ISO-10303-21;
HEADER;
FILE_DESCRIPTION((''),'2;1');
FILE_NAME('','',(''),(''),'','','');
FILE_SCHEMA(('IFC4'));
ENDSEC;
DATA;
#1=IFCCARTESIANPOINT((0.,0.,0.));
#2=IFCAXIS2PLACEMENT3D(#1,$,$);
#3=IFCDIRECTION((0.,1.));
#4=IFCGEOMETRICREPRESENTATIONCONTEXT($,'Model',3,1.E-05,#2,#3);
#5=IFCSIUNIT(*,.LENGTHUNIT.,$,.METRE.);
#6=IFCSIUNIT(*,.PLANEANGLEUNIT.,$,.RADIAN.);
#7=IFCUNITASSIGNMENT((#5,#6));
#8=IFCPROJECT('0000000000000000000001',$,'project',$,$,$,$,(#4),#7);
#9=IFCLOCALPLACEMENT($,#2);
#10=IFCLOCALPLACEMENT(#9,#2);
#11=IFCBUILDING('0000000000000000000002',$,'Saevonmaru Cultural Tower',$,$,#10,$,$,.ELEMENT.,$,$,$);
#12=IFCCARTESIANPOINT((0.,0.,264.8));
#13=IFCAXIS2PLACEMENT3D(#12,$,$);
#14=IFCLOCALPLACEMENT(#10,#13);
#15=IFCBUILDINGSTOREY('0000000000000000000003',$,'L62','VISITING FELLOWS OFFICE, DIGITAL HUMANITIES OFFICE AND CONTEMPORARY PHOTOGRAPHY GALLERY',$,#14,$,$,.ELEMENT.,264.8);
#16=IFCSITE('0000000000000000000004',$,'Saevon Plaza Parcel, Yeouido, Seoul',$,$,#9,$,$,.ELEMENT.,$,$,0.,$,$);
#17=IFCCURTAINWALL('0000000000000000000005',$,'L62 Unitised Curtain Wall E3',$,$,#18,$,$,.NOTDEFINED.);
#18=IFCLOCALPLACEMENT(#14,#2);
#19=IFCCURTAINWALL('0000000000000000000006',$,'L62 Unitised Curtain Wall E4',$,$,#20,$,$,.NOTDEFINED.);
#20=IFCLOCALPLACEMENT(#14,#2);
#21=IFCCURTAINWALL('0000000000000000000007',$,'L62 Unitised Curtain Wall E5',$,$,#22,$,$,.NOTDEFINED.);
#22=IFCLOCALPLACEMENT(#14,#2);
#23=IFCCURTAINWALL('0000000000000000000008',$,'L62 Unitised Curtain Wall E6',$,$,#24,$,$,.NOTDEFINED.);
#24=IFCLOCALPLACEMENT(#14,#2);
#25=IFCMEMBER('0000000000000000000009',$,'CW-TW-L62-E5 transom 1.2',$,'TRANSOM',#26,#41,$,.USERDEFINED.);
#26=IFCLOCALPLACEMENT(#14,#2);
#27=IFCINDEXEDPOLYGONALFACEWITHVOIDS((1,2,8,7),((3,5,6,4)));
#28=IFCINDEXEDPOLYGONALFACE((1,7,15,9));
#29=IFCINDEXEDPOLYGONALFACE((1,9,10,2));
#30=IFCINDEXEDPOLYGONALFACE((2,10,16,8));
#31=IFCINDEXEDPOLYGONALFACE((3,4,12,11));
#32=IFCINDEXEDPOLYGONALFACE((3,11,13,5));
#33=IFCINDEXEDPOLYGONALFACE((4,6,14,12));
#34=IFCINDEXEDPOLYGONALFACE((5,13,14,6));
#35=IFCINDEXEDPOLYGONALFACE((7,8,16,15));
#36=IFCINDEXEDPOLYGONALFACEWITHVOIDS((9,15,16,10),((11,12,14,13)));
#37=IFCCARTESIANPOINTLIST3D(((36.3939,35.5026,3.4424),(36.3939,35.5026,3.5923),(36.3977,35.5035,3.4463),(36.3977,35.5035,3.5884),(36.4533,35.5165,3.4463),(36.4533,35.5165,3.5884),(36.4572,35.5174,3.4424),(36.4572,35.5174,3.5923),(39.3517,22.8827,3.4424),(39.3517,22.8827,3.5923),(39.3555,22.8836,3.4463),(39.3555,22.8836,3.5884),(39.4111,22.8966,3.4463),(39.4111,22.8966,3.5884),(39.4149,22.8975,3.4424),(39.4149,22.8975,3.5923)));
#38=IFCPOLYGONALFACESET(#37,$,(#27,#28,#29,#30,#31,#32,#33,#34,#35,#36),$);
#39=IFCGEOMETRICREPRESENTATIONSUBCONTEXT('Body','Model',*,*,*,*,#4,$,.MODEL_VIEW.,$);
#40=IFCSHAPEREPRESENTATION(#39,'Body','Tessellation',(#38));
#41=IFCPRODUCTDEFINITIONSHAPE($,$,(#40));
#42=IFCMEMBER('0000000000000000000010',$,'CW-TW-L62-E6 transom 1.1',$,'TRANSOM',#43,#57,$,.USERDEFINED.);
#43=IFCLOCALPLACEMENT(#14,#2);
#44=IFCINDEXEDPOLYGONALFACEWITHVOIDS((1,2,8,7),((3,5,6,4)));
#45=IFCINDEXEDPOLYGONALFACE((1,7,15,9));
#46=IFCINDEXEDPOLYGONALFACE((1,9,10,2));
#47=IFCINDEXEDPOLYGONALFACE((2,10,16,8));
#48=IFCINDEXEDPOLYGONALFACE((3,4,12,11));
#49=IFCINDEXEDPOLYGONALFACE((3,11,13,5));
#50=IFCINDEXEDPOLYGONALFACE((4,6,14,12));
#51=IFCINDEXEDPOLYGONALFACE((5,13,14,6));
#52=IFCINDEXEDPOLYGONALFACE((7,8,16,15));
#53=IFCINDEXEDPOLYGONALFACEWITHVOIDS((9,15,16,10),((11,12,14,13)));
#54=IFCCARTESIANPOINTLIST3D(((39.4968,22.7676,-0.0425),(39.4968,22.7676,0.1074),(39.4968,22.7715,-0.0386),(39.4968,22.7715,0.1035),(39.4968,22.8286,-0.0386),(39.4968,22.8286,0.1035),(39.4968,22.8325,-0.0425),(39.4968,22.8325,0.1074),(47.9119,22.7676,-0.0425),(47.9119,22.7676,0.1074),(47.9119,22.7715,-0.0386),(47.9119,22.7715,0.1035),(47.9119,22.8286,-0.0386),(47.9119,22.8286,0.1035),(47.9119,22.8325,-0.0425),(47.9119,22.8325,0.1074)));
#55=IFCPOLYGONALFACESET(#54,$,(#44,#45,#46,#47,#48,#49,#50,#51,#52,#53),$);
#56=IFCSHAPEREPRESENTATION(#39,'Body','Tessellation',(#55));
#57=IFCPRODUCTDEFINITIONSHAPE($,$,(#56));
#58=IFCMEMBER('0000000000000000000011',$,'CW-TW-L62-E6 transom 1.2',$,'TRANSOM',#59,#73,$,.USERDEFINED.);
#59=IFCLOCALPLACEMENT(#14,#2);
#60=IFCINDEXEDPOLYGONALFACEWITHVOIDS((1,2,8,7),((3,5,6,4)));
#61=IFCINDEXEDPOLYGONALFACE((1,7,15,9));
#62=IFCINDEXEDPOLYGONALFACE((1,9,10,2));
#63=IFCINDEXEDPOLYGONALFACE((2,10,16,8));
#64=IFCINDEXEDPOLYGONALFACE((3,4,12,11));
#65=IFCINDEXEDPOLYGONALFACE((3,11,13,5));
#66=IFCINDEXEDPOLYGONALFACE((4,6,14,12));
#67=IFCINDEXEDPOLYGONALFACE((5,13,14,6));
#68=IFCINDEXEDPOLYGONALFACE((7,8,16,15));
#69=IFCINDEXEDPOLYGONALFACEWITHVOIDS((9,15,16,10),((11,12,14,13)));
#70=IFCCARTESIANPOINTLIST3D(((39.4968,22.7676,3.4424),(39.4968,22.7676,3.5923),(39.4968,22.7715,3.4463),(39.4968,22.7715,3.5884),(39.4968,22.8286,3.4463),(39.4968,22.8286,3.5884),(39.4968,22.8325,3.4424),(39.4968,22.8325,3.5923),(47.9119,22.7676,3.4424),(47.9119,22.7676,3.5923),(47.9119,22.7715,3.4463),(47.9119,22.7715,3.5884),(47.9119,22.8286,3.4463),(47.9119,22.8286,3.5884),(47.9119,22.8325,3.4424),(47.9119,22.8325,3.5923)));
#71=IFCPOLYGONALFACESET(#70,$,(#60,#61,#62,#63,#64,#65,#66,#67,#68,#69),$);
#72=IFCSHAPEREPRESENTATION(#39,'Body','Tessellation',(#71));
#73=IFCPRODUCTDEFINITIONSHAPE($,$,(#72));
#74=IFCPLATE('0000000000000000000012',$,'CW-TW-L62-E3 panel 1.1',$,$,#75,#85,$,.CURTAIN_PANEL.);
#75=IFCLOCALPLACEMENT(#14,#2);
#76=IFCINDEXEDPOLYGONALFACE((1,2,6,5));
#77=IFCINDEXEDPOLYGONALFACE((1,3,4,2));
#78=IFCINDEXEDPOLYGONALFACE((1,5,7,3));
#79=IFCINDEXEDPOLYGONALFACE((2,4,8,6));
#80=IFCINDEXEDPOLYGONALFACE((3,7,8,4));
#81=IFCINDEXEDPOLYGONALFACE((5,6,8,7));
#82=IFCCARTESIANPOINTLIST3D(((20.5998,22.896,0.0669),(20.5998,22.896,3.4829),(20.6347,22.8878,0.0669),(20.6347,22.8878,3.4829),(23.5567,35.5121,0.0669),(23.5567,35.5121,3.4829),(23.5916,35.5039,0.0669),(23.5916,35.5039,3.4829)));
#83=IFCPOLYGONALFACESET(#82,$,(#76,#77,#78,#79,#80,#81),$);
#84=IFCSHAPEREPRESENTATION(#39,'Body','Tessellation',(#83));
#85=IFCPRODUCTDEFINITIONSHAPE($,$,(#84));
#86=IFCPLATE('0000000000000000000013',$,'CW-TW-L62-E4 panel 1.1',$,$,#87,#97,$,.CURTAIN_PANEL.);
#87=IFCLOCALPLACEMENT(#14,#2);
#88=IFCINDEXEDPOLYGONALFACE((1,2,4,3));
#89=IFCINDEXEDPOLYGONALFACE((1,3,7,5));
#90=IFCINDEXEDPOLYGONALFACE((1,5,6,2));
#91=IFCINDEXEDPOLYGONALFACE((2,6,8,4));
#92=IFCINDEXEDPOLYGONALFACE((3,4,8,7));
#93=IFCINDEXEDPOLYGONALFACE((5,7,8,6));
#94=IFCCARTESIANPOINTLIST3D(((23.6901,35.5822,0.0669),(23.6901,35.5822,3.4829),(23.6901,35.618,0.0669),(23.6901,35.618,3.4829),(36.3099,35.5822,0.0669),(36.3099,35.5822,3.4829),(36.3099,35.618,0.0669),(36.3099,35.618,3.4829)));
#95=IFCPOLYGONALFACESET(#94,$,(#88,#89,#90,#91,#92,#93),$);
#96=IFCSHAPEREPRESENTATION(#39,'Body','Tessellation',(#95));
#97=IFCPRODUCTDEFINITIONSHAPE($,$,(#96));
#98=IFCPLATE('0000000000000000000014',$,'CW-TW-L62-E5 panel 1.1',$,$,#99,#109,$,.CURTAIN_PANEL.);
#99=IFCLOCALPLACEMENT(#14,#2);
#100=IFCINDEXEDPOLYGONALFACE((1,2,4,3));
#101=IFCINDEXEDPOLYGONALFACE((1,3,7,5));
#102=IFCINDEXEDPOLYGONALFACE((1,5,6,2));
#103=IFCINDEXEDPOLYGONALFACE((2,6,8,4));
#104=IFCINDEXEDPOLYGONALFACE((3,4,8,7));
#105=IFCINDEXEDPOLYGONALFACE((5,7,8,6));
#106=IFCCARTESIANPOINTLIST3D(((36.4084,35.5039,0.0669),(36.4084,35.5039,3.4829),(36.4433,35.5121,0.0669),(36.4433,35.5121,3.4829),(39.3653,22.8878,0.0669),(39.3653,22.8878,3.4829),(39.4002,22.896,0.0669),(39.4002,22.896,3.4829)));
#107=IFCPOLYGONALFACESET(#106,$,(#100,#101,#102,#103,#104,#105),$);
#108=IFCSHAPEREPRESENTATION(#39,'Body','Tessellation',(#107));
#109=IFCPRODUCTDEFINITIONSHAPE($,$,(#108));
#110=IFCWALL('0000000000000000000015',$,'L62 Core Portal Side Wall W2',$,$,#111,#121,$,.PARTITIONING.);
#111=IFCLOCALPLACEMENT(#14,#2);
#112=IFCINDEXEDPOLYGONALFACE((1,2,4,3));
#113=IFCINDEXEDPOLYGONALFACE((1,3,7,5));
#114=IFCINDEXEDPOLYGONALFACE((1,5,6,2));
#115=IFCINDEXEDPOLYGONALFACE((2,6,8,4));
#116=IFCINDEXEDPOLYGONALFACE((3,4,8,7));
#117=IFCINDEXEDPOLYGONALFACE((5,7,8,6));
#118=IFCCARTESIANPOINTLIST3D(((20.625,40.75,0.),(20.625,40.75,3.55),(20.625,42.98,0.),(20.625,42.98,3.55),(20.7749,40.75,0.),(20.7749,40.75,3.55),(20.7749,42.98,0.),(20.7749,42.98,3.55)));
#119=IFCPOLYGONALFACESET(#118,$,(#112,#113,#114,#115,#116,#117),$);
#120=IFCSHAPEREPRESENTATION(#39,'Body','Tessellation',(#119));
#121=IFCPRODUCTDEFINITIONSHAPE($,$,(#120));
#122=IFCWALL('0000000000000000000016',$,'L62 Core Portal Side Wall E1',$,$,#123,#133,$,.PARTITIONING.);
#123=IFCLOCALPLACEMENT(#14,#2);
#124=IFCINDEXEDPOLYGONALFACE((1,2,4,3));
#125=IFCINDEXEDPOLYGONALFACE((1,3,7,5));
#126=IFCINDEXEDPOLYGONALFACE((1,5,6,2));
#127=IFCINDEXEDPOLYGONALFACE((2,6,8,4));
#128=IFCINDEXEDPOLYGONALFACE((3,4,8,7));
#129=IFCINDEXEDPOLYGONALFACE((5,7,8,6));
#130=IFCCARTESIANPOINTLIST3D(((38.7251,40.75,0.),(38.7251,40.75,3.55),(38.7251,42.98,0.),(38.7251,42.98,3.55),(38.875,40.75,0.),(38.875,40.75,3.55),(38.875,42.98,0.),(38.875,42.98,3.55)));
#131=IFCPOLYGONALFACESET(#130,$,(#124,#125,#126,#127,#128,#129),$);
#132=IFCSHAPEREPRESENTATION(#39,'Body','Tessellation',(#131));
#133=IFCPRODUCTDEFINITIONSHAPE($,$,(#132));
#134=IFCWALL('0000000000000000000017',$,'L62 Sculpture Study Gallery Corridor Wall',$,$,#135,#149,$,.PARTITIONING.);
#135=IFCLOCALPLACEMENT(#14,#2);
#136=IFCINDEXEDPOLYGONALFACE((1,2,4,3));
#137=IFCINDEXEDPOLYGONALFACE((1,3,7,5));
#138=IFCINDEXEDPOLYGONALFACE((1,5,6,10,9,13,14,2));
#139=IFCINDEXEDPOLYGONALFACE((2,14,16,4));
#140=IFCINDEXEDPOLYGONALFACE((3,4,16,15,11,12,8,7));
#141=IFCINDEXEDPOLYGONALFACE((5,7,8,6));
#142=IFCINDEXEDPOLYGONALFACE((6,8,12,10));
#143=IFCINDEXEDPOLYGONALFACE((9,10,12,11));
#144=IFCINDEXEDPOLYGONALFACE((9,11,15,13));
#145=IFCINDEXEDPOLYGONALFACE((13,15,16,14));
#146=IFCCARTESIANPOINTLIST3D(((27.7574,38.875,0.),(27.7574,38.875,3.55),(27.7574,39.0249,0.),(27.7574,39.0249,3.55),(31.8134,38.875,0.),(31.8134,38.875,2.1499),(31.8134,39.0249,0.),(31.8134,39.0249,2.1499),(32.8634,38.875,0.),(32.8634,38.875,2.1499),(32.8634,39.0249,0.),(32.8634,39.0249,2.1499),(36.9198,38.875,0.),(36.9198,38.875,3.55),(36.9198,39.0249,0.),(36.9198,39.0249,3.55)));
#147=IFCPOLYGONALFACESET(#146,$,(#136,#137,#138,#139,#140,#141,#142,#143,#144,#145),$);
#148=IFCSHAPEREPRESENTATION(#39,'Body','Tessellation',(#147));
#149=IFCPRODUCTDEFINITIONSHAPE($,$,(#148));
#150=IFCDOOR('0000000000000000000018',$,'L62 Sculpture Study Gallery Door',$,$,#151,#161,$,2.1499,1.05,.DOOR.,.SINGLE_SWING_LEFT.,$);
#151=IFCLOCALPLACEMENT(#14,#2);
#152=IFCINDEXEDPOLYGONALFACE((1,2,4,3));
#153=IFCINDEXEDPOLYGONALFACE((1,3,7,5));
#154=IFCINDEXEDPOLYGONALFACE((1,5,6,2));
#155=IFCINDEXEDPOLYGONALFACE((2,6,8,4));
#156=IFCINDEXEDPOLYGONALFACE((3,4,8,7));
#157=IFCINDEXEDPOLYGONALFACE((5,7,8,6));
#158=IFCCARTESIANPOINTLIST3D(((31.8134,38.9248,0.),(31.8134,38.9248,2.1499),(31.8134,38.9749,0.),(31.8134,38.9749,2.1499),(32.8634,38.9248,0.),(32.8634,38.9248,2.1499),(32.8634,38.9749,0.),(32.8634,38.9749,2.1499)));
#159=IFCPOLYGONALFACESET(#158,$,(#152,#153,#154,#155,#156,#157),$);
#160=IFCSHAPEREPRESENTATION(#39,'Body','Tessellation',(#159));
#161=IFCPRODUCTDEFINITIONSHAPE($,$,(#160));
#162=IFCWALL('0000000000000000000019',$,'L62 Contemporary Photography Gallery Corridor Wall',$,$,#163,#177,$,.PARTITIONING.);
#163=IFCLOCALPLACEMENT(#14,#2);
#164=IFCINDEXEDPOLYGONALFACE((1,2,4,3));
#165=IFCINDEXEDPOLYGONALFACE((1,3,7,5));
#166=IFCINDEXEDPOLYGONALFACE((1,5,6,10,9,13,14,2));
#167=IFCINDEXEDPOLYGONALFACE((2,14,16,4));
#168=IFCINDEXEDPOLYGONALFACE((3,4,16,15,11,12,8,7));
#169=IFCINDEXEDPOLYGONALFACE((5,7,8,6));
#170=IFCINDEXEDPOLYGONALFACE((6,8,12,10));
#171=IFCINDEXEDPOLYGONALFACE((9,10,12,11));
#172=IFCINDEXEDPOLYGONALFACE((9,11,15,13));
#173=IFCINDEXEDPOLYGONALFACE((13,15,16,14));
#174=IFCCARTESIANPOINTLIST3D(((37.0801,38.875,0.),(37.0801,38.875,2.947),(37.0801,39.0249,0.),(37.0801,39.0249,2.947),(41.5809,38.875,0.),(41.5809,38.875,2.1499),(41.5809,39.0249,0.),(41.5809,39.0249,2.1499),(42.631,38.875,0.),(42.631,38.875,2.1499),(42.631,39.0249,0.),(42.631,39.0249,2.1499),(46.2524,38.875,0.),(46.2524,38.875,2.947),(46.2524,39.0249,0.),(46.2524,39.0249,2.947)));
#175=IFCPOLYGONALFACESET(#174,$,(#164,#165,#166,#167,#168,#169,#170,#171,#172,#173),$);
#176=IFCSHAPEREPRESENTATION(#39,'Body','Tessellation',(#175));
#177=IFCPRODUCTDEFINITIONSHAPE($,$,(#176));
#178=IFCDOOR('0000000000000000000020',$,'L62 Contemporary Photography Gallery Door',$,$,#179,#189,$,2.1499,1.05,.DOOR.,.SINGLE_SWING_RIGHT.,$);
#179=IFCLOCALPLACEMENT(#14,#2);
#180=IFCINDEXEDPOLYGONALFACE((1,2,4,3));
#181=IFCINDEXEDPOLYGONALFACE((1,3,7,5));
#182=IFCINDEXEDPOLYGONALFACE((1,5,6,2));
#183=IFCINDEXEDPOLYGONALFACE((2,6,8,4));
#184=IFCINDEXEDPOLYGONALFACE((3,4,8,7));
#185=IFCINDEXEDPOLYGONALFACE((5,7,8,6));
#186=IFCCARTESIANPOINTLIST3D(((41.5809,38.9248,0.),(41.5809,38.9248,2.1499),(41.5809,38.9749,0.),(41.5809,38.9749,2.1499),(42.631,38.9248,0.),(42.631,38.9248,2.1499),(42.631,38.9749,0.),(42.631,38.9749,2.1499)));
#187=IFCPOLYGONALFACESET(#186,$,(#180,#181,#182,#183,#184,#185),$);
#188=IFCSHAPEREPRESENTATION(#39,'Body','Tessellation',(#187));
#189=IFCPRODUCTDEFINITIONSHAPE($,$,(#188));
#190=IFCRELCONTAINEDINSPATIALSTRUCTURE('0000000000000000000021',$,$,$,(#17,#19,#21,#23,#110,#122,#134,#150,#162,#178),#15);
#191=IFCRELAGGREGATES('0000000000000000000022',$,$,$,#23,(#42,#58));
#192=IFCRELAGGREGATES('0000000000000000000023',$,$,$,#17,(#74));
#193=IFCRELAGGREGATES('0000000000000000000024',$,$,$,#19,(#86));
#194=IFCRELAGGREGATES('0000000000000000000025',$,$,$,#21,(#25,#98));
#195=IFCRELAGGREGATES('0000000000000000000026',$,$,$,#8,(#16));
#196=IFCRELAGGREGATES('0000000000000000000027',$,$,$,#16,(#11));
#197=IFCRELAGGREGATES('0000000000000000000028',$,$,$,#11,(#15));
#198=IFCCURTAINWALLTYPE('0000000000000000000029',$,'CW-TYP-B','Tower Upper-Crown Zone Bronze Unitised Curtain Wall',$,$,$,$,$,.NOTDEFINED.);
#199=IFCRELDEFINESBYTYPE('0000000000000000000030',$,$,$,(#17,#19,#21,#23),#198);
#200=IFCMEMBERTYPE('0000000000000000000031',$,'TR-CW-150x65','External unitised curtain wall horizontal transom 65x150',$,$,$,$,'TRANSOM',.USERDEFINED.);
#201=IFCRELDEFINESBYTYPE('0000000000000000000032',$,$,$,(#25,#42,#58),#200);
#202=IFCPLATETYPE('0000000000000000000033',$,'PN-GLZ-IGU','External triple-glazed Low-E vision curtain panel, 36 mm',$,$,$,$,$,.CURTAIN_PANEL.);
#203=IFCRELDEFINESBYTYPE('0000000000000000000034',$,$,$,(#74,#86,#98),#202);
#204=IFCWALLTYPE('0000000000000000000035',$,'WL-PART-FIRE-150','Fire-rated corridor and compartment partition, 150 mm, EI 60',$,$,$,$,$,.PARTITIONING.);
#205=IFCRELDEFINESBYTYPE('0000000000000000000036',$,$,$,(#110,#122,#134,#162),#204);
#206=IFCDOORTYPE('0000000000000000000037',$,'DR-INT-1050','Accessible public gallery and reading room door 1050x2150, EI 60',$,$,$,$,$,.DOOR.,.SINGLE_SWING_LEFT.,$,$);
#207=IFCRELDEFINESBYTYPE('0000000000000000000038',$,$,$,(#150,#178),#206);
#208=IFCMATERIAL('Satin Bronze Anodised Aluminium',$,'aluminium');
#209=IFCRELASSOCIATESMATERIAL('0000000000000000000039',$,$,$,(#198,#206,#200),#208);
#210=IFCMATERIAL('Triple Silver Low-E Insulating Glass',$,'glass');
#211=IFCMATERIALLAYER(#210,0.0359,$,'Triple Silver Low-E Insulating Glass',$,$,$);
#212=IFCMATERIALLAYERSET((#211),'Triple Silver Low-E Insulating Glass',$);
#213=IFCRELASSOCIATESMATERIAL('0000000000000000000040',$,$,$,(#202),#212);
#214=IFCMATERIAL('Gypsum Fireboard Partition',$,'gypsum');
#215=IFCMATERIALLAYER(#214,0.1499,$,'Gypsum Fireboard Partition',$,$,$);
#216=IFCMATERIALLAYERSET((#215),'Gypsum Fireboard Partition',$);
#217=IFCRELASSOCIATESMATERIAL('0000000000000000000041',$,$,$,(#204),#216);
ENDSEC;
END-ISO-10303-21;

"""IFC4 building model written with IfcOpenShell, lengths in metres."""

from ifc_helpers import new_model, si_unit, direction, frame, frame_2d, origin, origin_2d, place, context, subcontext, project, spatial, rectangle, hollow_rectangle, extrude, material, layer, layer_set, material_profile, profile_set, type_object, element, fill, aggregate, save


model = new_model("IFC4")

# Units and contexts
model_context = context("Model", 3, precision=1e-05, world=origin(), true_north=direction((0.0, 1.0)))
body_context = subcontext(model_context, "Body", "Model", "MODEL_VIEW")
ifc_project = project(units=[si_unit("LENGTHUNIT", "METRE"), si_unit("PLANEANGLEUNIT", "RADIAN")], contexts=[model_context])

# Site, building, storey
site_placement = place(None, origin())
site = spatial("IfcSite", under=ifc_project, at=site_placement, Name="Saevon Plaza Parcel, Yeouido, Seoul", CompositionType="ELEMENT", RefElevation=0.0)
building_placement = place(site_placement, origin())
building = spatial("IfcBuilding", under=site, at=building_placement, Name="Saevonmaru Cultural Tower", CompositionType="ELEMENT")
storey_placement = place(building_placement, frame((0.0, 0.0, 264.8)))
storey = spatial("IfcBuildingStorey", under=building, at=storey_placement, Name="L62", Description="VISITING FELLOWS OFFICE, DIGITAL HUMANITIES OFFICE AND CONTEMPORARY PHOTOGRAPHY GALLERY", CompositionType="ELEMENT", Elevation=264.8)

# Curtain wall
ifc_material_1 = material(Name="Satin Bronze Anodised Aluminium", Category="aluminium")
curtain_wall_type = type_object("IfcCurtainWallType", Name="CW-TYP-B", Description="Tower Upper-Crown Zone Bronze Unitised Curtain Wall", PredefinedType="NOTDEFINED", material=ifc_material_1)
curtain_wall_1_placement = place(storey_placement, origin())
curtain_wall_1 = element("IfcCurtainWall", 1, at=curtain_wall_1_placement, inside=storey, type_object=curtain_wall_type, Name="L62 Unitised Curtain Wall E3", PredefinedType="NOTDEFINED")

# Curtain walls
curtain_wall_2_placement = place(storey_placement, origin())
curtain_wall_2 = element("IfcCurtainWall", 2, at=curtain_wall_2_placement, inside=storey, type_object=curtain_wall_type, Name="L62 Unitised Curtain Wall E4", PredefinedType="NOTDEFINED")
curtain_wall_3_placement = place(storey_placement, origin())
curtain_wall_3 = element("IfcCurtainWall", 3, at=curtain_wall_3_placement, inside=storey, type_object=curtain_wall_type, Name="L62 Unitised Curtain Wall E5", PredefinedType="NOTDEFINED")

# Curtain wall
curtain_wall_4_placement = place(storey_placement, origin())
curtain_wall_4 = element("IfcCurtainWall", 4, at=curtain_wall_4_placement, inside=storey, type_object=curtain_wall_type, Name="L62 Unitised Curtain Wall E6", PredefinedType="NOTDEFINED")

# Members
ifc_material_profile_1 = material_profile(ifc_material_1, hollow_rectangle(XDim=0.0649, YDim=0.1499, WallThickness=0.0039, at=origin_2d()), Name="ALU-TRAN-150x65x4")
ifc_profile_set_1 = profile_set([ifc_material_profile_1], Name="Satin Bronze Anodised Aluminium")
member_type_1 = type_object("IfcMemberType", Name="TR-CW-150x65", Description="External unitised curtain wall horizontal transom 65x150", ElementType="TRANSOM", PredefinedType="USERDEFINED", material=ifc_profile_set_1)
member_1_placement = place(storey_placement, frame((36.4255, 35.51, 3.5173), z_axis=(0.22819, -0.973617, 0.0), x_axis=(0.973617, 0.22819, 0.0)))
member_1 = element("IfcMember", 5, at=member_1_placement, type_object=member_type_1, Name="CW-TW-L62-E5 transom 1.2", ObjectType="TRANSOM", PredefinedType="USERDEFINED", context=body_context, shape_type="SweptSolid", body=[
    extrude(hollow_rectangle(XDim=0.0649, YDim=0.1499, WallThickness=0.0039, at=origin_2d()), origin(), (0.0, 0.0, 1.0), 12.9619),
])
member_2_placement = place(storey_placement, frame((39.4968, 22.8, 0.0325), z_axis=(1.0, 0.0, 0.0), x_axis=(0.0, 1.0, 0.0)))
member_2 = element("IfcMember", 6, at=member_2_placement, type_object=member_type_1, Name="CW-TW-L62-E6 transom 1.1", ObjectType="TRANSOM", PredefinedType="USERDEFINED", context=body_context, shape_type="SweptSolid", body=[
    extrude(hollow_rectangle(XDim=0.0649, YDim=0.1499, WallThickness=0.0039, at=origin_2d()), origin(), (0.0, 0.0, 1.0), 8.415),
])
member_3_placement = place(storey_placement, frame((39.4968, 22.8, 3.5173), z_axis=(1.0, 0.0, 0.0), x_axis=(0.0, 1.0, 0.0)))
member_3 = element("IfcMember", 7, at=member_3_placement, type_object=member_type_1, Name="CW-TW-L62-E6 transom 1.2", ObjectType="TRANSOM", PredefinedType="USERDEFINED", context=body_context, shape_type="SweptSolid", body=[
    extrude(hollow_rectangle(XDim=0.0649, YDim=0.1499, WallThickness=0.0039, at=origin_2d()), origin(), (0.0, 0.0, 1.0), 8.415),
])
aggregate(curtain_wall_4, [member_2, member_3])

# Plates
ifc_material_2 = material(Name="Triple Silver Low-E Insulating Glass", Category="glass")
ifc_layer_1 = layer(ifc_material_2, 0.0359, Name="Triple Silver Low-E Insulating Glass")
ifc_layer_set_1 = layer_set([ifc_layer_1], Name="Triple Silver Low-E Insulating Glass")
plate_type = type_object("IfcPlateType", Name="PN-GLZ-IGU", Description="External triple-glazed Low-E vision curtain panel, 36 mm", PredefinedType="CURTAIN_PANEL", material=ifc_layer_set_1)
plate_1_placement = place(storey_placement, frame((22.0957, 29.2, 0.0669), z_axis=(0.0, 0.0, 1.0), x_axis=(0.22819, 0.973617, 0.0)))
plate_1 = element("IfcPlate", 8, at=plate_1_placement, type_object=plate_type, Name="CW-TW-L62-E3 panel 1.1", PredefinedType="CURTAIN_PANEL", context=body_context, shape_type="SweptSolid", body=[
    extrude(rectangle(XDim=12.958, YDim=0.0359, at=origin_2d()), origin(), (0.0, 0.0, 1.0), 3.416),
])
aggregate(curtain_wall_1, [plate_1])
plate_2_placement = place(storey_placement, frame((30.0, 35.6001, 0.0669), z_axis=(0.0, 0.0, 1.0), x_axis=(1.0, 0.0, 0.0)))
plate_2 = element("IfcPlate", 9, at=plate_2_placement, type_object=plate_type, Name="CW-TW-L62-E4 panel 1.1", PredefinedType="CURTAIN_PANEL", context=body_context, shape_type="SweptSolid", body=[
    extrude(rectangle(XDim=12.6199, YDim=0.0359, at=origin_2d()), origin(), (0.0, 0.0, 1.0), 3.416),
])
aggregate(curtain_wall_2, [plate_2])
plate_3_placement = place(storey_placement, frame((37.9043, 29.2, 0.0669), z_axis=(0.0, 0.0, 1.0), x_axis=(0.22819, -0.973617, 0.0)))
plate_3 = element("IfcPlate", 10, at=plate_3_placement, type_object=plate_type, Name="CW-TW-L62-E5 panel 1.1", PredefinedType="CURTAIN_PANEL", context=body_context, shape_type="SweptSolid", body=[
    extrude(rectangle(XDim=12.958, YDim=0.0359, at=origin_2d()), origin(), (0.0, 0.0, 1.0), 3.416),
])
aggregate(curtain_wall_3, [member_1, plate_3])

# Walls
ifc_material_3 = material(Name="Gypsum Fireboard Partition", Category="gypsum")
ifc_layer_2 = layer(ifc_material_3, 0.1499, Name="Gypsum Fireboard Partition")
ifc_layer_set_2 = layer_set([ifc_layer_2], Name="Gypsum Fireboard Partition")
wall_type_1 = type_object("IfcWallType", Name="WL-PART-FIRE-150", Description="Fire-rated corridor and compartment partition, 150 mm, EI 60", PredefinedType="PARTITIONING", material=ifc_layer_set_2)
for number, where, z_axis, x_axis, name in (
    (11, (20.7, 40.75, 0.0), (0.0, 0.0, 1.0), (0.0, 1.0, 0.0), "L62 Core Portal Side Wall W2"),
    (12, (38.8, 40.75, 0.0), (0.0, 0.0, 1.0), (0.0, 1.0, 0.0), "L62 Core Portal Side Wall E1"),
):
    element("IfcWall", number, at=place(storey_placement, frame(where, z_axis=z_axis, x_axis=x_axis)), inside=storey, type_object=wall_type_1, Name=name, PredefinedType="PARTITIONING", context=body_context, shape_type="SweptSolid", body=[
        extrude(rectangle(XDim=2.23, YDim=0.1499, at=frame_2d((1.115, 0.0))), origin(), (0.0, 0.0, 1.0), 3.55),
    ])

# Walls, openings, doors
wall_1_placement = place(storey_placement, frame((27.7576, 38.95, 0.0), z_axis=(0.0, 0.0, 1.0), x_axis=(1.0, 0.0, 0.0)))
wall_1 = element("IfcWall", 13, at=wall_1_placement, inside=storey, type_object=wall_type_1, Name="L62 Sculpture Study Gallery Corridor Wall", PredefinedType="PARTITIONING", context=body_context, shape_type="SweptSolid", body=[
    extrude(rectangle(XDim=9.1624, YDim=0.1499, at=frame_2d((4.5811, 0.0))), origin(), (0.0, 0.0, 1.0), 3.55),
])
opening_1_placement = place(wall_1_placement, frame((4.0559, 0.0, 0.0)))
opening_1 = element("IfcOpeningElement", 14, at=opening_1_placement, cuts=wall_1, PredefinedType="OPENING", context=body_context, shape_type="SweptSolid", body=[
    extrude(rectangle(XDim=1.05, YDim=2.1499, at=frame_2d((0.5249, 1.075))), frame((0.0, 0.085, 0.0), z_axis=(0.0, -1.0, 0.0), x_axis=(1.0, 0.0, 0.0)), (0.0, 0.0, 1.0), 0.1699),
])
door_type_1 = type_object("IfcDoorType", Name="DR-INT-1050", Description="Accessible public gallery and reading room door 1050x2150, EI 60", OperationType="SINGLE_SWING_LEFT", PredefinedType="DOOR", material=ifc_material_1)
door_1_placement = place(opening_1_placement, origin())
door_1 = element("IfcDoor", 15, at=door_1_placement, inside=storey, type_object=door_type_1, Name="L62 Sculpture Study Gallery Door", OperationType="SINGLE_SWING_LEFT", OverallHeight=2.1499, OverallWidth=1.05, PredefinedType="DOOR", context=body_context, shape_type="SweptSolid", body=[
    extrude(rectangle(XDim=1.05, YDim=2.1499, at=frame_2d((0.5249, 1.075))), frame((0.0, 0.0249, 0.0), z_axis=(0.0, -1.0, 0.0), x_axis=(1.0, 0.0, 0.0)), (0.0, 0.0, 1.0), 0.05),
])
fill(opening_1, door_1)
wall_2_placement = place(storey_placement, frame((37.0801, 38.95, 0.0), z_axis=(0.0, 0.0, 1.0), x_axis=(1.0, 0.0, 0.0)))
wall_2 = element("IfcWall", 16, at=wall_2_placement, inside=storey, type_object=wall_type_1, Name="L62 Contemporary Photography Gallery Corridor Wall", PredefinedType="PARTITIONING", context=body_context, shape_type="SweptSolid", body=[
    extrude(rectangle(XDim=9.1724, YDim=0.1499, at=frame_2d((4.5862, 0.0))), origin(), (0.0, 0.0, 1.0), 2.947),
])
opening_2_placement = place(wall_2_placement, frame((4.501, 0.0, 0.0)))
opening_2 = element("IfcOpeningElement", 17, at=opening_2_placement, cuts=wall_2, PredefinedType="OPENING", context=body_context, shape_type="SweptSolid", body=[
    extrude(rectangle(XDim=1.05, YDim=2.1499, at=frame_2d((0.5249, 1.075))), frame((0.0, 0.085, 0.0), z_axis=(0.0, -1.0, 0.0), x_axis=(1.0, 0.0, 0.0)), (0.0, 0.0, 1.0), 0.1699),
])
door_2_placement = place(opening_2_placement, origin())
door_2 = element("IfcDoor", 18, at=door_2_placement, inside=storey, type_object=door_type_1, Name="L62 Contemporary Photography Gallery Door", OperationType="SINGLE_SWING_RIGHT", OverallHeight=2.1499, OverallWidth=1.05, PredefinedType="DOOR", context=body_context, shape_type="SweptSolid", body=[
    extrude(rectangle(XDim=1.05, YDim=2.1499, at=frame_2d((0.5249, 1.075))), frame((0.0, 0.0249, 0.0), z_axis=(0.0, -1.0, 0.0), x_axis=(1.0, 0.0, 0.0)), (0.0, 0.0, 1.0), 0.05),
])
fill(opening_2, door_2)

save(model, "model.ifc")
